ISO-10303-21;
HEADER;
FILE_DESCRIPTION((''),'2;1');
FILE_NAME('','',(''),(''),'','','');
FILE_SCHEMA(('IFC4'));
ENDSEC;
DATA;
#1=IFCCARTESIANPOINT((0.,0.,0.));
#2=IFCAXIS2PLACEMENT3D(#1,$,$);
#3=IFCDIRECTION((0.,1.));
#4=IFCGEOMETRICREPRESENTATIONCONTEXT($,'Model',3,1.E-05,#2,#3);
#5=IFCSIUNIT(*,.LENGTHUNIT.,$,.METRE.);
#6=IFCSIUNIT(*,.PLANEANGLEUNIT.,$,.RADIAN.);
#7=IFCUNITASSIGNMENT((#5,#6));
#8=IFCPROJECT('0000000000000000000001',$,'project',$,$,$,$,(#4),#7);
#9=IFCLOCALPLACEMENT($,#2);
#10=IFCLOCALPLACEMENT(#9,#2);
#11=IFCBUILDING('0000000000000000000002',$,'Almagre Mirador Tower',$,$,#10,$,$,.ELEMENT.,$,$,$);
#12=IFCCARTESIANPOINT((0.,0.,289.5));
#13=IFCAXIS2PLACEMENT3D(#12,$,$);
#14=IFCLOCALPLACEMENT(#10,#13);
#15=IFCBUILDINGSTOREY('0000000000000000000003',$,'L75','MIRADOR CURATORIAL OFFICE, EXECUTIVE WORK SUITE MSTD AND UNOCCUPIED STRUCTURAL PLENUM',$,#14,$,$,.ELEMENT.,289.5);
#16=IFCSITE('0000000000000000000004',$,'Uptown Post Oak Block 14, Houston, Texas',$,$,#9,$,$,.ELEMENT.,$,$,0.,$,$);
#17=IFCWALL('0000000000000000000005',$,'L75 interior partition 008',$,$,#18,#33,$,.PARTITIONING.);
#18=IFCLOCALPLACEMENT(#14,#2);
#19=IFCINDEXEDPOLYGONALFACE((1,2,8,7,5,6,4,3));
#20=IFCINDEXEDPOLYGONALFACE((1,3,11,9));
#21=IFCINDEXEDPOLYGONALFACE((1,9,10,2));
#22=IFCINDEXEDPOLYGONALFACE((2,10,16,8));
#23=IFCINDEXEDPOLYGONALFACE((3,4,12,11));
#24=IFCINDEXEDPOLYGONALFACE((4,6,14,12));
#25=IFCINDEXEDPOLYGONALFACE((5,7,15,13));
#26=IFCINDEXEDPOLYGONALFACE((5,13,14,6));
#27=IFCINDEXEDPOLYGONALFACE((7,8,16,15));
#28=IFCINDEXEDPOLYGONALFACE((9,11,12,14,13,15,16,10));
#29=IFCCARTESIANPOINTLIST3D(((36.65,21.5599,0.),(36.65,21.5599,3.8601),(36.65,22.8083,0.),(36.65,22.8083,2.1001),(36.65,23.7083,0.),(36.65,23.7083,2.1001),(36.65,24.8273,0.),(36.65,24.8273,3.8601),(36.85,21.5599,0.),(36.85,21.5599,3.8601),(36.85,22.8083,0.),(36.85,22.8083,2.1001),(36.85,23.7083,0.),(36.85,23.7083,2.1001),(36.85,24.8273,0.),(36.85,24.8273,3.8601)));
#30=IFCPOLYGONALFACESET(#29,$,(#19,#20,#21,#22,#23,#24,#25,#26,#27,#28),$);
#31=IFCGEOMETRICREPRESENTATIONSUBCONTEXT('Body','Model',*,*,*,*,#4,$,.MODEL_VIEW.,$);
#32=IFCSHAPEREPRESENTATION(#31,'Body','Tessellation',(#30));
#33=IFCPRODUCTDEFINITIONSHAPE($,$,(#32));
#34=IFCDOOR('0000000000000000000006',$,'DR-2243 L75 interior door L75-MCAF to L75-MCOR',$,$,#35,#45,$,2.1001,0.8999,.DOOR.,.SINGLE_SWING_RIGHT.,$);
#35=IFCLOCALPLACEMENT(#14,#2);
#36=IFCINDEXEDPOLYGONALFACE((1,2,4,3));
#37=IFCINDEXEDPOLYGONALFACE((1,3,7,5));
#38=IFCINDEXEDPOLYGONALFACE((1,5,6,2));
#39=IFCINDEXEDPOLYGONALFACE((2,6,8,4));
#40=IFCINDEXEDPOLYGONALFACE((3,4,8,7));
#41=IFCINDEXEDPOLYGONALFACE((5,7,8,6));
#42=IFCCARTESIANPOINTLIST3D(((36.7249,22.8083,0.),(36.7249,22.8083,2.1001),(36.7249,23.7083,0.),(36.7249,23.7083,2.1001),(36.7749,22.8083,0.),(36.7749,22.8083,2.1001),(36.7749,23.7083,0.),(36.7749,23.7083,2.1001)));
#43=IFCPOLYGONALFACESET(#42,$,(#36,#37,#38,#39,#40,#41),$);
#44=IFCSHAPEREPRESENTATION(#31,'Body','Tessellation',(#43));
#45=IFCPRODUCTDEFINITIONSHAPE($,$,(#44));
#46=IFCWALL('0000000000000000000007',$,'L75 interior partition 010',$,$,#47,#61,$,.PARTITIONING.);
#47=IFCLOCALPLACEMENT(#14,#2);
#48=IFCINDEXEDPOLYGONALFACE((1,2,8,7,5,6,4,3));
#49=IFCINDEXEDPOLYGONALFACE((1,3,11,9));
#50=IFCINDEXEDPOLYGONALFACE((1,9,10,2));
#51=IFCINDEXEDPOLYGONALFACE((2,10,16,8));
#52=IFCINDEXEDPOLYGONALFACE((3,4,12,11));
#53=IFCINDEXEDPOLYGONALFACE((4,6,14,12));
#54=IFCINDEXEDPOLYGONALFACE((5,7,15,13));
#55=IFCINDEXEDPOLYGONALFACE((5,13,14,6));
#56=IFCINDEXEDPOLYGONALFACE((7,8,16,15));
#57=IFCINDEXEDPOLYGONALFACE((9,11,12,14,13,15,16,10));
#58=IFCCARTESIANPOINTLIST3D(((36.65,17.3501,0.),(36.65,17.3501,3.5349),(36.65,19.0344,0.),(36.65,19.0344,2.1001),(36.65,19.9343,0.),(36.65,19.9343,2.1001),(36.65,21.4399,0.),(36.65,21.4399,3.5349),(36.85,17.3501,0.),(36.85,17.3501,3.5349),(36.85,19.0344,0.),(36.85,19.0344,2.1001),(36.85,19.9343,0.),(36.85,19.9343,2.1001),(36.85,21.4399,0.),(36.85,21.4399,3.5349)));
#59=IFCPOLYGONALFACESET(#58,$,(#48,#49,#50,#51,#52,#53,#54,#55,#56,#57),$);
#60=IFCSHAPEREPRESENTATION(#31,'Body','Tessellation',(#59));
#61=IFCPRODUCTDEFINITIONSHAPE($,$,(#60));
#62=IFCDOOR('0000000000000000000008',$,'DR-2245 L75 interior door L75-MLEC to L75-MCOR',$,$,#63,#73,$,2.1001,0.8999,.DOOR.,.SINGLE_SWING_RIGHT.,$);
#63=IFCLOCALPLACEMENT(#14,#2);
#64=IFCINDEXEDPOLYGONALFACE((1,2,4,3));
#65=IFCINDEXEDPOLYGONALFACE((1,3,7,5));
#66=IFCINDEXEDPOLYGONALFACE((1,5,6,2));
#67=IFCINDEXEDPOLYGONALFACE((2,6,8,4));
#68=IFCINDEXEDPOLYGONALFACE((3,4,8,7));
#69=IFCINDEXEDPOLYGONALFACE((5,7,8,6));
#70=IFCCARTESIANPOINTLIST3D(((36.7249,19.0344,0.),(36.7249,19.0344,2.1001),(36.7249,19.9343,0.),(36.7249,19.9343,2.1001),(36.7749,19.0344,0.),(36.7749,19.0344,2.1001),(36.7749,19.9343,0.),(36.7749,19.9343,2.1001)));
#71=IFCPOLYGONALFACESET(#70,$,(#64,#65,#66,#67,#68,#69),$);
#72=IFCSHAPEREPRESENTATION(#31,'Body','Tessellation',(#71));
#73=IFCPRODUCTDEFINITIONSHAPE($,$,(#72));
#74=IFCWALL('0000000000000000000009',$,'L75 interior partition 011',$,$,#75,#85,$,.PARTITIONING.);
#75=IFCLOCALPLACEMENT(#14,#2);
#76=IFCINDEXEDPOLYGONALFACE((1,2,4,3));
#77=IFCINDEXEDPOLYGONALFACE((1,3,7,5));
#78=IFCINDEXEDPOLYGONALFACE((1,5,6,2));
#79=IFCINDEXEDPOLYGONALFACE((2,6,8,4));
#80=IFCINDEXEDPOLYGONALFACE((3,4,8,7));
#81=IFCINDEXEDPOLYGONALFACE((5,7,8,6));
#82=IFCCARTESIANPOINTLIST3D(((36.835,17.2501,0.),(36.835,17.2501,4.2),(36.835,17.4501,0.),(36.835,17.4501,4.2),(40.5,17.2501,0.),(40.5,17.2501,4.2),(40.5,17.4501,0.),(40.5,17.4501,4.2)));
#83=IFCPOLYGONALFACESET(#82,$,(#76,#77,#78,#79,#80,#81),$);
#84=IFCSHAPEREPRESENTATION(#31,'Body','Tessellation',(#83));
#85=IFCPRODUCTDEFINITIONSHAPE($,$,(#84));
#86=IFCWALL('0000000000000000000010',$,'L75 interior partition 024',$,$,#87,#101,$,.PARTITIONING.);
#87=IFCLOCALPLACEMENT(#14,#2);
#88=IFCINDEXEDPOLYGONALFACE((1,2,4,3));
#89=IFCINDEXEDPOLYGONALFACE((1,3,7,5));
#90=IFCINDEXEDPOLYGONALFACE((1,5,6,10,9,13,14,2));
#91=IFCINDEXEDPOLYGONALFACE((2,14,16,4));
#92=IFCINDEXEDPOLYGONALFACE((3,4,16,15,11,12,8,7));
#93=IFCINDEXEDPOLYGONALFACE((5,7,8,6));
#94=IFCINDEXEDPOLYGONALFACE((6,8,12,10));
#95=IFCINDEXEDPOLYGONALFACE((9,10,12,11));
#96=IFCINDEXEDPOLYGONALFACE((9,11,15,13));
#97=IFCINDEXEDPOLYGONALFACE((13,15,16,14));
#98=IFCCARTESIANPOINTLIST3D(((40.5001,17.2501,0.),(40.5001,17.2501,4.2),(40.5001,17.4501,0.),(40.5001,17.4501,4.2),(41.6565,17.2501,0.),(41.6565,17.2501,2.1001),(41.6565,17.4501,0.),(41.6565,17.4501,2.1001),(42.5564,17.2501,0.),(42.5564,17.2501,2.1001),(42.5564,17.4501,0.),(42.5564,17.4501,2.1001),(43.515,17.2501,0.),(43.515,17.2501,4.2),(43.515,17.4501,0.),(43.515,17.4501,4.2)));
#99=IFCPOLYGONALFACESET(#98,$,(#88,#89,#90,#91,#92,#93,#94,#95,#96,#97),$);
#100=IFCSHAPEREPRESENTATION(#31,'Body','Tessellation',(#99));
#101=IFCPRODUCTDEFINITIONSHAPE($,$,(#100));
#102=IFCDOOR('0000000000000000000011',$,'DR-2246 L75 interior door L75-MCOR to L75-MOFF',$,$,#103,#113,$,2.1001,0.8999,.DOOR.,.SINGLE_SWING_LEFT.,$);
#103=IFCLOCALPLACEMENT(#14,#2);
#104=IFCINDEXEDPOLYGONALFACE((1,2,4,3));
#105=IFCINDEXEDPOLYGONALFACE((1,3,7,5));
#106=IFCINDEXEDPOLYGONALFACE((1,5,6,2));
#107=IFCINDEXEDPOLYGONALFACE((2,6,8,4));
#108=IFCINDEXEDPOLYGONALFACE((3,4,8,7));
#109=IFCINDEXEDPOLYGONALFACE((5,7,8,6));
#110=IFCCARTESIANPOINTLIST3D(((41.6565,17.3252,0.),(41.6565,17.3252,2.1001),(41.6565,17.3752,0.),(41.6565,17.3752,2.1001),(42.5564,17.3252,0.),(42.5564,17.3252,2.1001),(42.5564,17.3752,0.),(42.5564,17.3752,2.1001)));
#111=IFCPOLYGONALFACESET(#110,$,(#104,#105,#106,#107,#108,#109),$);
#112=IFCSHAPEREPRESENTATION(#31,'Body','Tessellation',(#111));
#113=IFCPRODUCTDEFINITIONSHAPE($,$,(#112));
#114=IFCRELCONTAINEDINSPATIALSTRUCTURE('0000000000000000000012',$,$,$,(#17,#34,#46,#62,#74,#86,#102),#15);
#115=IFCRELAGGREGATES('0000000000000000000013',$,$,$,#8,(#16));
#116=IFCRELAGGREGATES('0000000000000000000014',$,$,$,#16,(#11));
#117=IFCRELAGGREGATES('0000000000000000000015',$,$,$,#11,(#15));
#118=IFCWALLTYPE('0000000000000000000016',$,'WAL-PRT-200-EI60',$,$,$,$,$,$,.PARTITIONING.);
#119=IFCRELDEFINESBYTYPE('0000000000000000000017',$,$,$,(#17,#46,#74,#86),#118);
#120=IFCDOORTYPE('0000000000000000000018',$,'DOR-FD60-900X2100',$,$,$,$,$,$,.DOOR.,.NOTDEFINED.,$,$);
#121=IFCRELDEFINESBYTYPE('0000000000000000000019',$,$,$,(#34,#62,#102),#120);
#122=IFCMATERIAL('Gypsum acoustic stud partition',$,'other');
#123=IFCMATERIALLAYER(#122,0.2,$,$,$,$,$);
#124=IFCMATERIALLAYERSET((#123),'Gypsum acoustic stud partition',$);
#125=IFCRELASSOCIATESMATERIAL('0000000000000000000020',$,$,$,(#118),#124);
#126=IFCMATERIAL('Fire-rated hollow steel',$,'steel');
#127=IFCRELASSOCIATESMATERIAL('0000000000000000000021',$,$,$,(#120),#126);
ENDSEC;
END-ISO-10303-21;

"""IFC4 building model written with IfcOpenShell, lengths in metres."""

from ifc_helpers import new_model, si_unit, direction, frame, frame_2d, origin, place, context, subcontext, project, spatial, rectangle, extrude, material, layer, layer_set, type_object, element, fill, save


model = new_model("IFC4")

# Units and contexts
model_context = context("Model", 3, precision=1e-05, world=origin(), true_north=direction((0.0, 1.0)))
body_context = subcontext(model_context, "Body", "Model", "MODEL_VIEW")
ifc_project = project(units=[si_unit("LENGTHUNIT", "METRE"), si_unit("PLANEANGLEUNIT", "RADIAN")], contexts=[model_context])

# Site, building, storey
site_placement = place(None, origin())
site = spatial("IfcSite", under=ifc_project, at=site_placement, Name="Uptown Post Oak Block 14, Houston, Texas", CompositionType="ELEMENT", RefElevation=0.0)
building_placement = place(site_placement, origin())
building = spatial("IfcBuilding", under=site, at=building_placement, Name="Almagre Mirador Tower", CompositionType="ELEMENT")
storey_placement = place(building_placement, frame((0.0, 0.0, 289.5)))
storey = spatial("IfcBuildingStorey", under=building, at=storey_placement, Name="L75", Description="MIRADOR CURATORIAL OFFICE, EXECUTIVE WORK SUITE MSTD AND UNOCCUPIED STRUCTURAL PLENUM", CompositionType="ELEMENT", Elevation=289.5)

# Walls, openings, doors
ifc_material_1 = material(Name="Gypsum acoustic stud partition", Category="other")
ifc_layer_1 = layer(ifc_material_1, 0.2)
ifc_layer_set_1 = layer_set([ifc_layer_1], Name="Gypsum acoustic stud partition")
wall_type_1 = type_object("IfcWallType", Name="WAL-PRT-200-EI60", PredefinedType="PARTITIONING", material=ifc_layer_set_1)
ifc_material_2 = material(Name="Fire-rated hollow steel", Category="steel")
door_type_1 = type_object("IfcDoorType", Name="DOR-FD60-900X2100", OperationType="NOTDEFINED", PredefinedType="DOOR", material=ifc_material_2)
wall_1_placement = place(storey_placement, frame((36.75, 24.8274, 0.0), z_axis=(0.0, 0.0, 1.0), x_axis=(0.0, -1.0, 0.0)))
wall_1 = element("IfcWall", 1, at=wall_1_placement, inside=storey, type_object=wall_type_1, Name="L75 interior partition 008", PredefinedType="PARTITIONING", context=body_context, shape_type="SweptSolid", body=[
    extrude(rectangle(XDim=3.2673, YDim=0.2, at=frame_2d((1.6338, 0.0))), origin(), (0.0, 0.0, 1.0), 3.8601),
])
opening_1_placement = place(wall_1_placement, frame((1.1191, 0.0, 0.0)))
opening_1 = element("IfcOpeningElement", 2, at=opening_1_placement, cuts=wall_1, PredefinedType="OPENING", context=body_context, shape_type="SweptSolid", body=[
    extrude(rectangle(XDim=0.8999, YDim=2.1001, at=frame_2d((0.45, 1.05))), frame((0.0, 0.1101, 0.0), z_axis=(0.0, -1.0, 0.0), x_axis=(1.0, 0.0, 0.0)), (0.0, 0.0, 1.0), 0.22),
])
door_1_placement = place(opening_1_placement, origin())
door_1 = element("IfcDoor", 3, at=door_1_placement, inside=storey, type_object=door_type_1, Name="DR-2243 L75 interior door L75-MCAF to L75-MCOR", OperationType="SINGLE_SWING_RIGHT", OverallHeight=2.1001, OverallWidth=0.8999, PredefinedType="DOOR", context=body_context, shape_type="SweptSolid", body=[
    extrude(rectangle(XDim=0.8999, YDim=2.1001, at=frame_2d((0.45, 1.05))), frame((0.0, 0.0249, 0.0), z_axis=(0.0, -1.0, 0.0), x_axis=(1.0, 0.0, 0.0)), (0.0, 0.0, 1.0), 0.05),
])
fill(opening_1, door_1)
wall_2_placement = place(storey_placement, frame((36.75, 21.4399, 0.0), z_axis=(0.0, 0.0, 1.0), x_axis=(0.0, -1.0, 0.0)))
wall_2 = element("IfcWall", 4, at=wall_2_placement, inside=storey, type_object=wall_type_1, Name="L75 interior partition 010", PredefinedType="PARTITIONING", context=body_context, shape_type="SweptSolid", body=[
    extrude(rectangle(XDim=4.0898, YDim=0.2, at=frame_2d((2.0449, 0.0))), origin(), (0.0, 0.0, 1.0), 3.5349),
])
opening_2_placement = place(wall_2_placement, frame((1.5056, 0.0, 0.0)))
opening_2 = element("IfcOpeningElement", 5, at=opening_2_placement, cuts=wall_2, PredefinedType="OPENING", context=body_context, shape_type="SweptSolid", body=[
    extrude(rectangle(XDim=0.8999, YDim=2.1001, at=frame_2d((0.45, 1.05))), frame((0.0, 0.1101, 0.0), z_axis=(0.0, -1.0, 0.0), x_axis=(1.0, 0.0, 0.0)), (0.0, 0.0, 1.0), 0.22),
])
door_2_placement = place(opening_2_placement, origin())
door_2 = element("IfcDoor", 6, at=door_2_placement, inside=storey, type_object=door_type_1, Name="DR-2245 L75 interior door L75-MLEC to L75-MCOR", OperationType="SINGLE_SWING_RIGHT", OverallHeight=2.1001, OverallWidth=0.8999, PredefinedType="DOOR", context=body_context, shape_type="SweptSolid", body=[
    extrude(rectangle(XDim=0.8999, YDim=2.1001, at=frame_2d((0.45, 1.05))), frame((0.0, 0.0249, 0.0), z_axis=(0.0, -1.0, 0.0), x_axis=(1.0, 0.0, 0.0)), (0.0, 0.0, 1.0), 0.05),
])
fill(opening_2, door_2)

# Wall
wall_3_placement = place(storey_placement, frame((36.835, 17.3501, 0.0), z_axis=(0.0, 0.0, 1.0), x_axis=(1.0, 0.0, 0.0)))
element("IfcWall", 7, at=wall_3_placement, inside=storey, type_object=wall_type_1, Name="L75 interior partition 011", PredefinedType="PARTITIONING", context=body_context, shape_type="SweptSolid", body=[
    extrude(rectangle(XDim=3.665, YDim=0.2, at=frame_2d((1.8325, 0.0))), origin(), (0.0, 0.0, 1.0), 4.2),
])

# Wall, opening, door
wall_4_placement = place(storey_placement, frame((43.5149, 17.3501, 0.0), z_axis=(0.0, 0.0, 1.0), x_axis=(-1.0, 0.0, 0.0)))
wall_4 = element("IfcWall", 8, at=wall_4_placement, inside=storey, type_object=wall_type_1, Name="L75 interior partition 024", PredefinedType="PARTITIONING", context=body_context, shape_type="SweptSolid", body=[
    extrude(rectangle(XDim=3.0149, YDim=0.2, at=frame_2d((1.5073, 0.0))), origin(), (0.0, 0.0, 1.0), 4.2),
])
opening_3_placement = place(wall_4_placement, frame((0.9585, 0.0, 0.0)))
opening_3 = element("IfcOpeningElement", 9, at=opening_3_placement, cuts=wall_4, PredefinedType="OPENING", context=body_context, shape_type="SweptSolid", body=[
    extrude(rectangle(XDim=0.8999, YDim=2.1001, at=frame_2d((0.45, 1.05))), frame((0.0, 0.1101, 0.0), z_axis=(0.0, -1.0, 0.0), x_axis=(1.0, 0.0, 0.0)), (0.0, 0.0, 1.0), 0.22),
])
door_3_placement = place(opening_3_placement, origin())
door_3 = element("IfcDoor", 10, at=door_3_placement, inside=storey, type_object=door_type_1, Name="DR-2246 L75 interior door L75-MCOR to L75-MOFF", OperationType="SINGLE_SWING_LEFT", OverallHeight=2.1001, OverallWidth=0.8999, PredefinedType="DOOR", context=body_context, shape_type="SweptSolid", body=[
    extrude(rectangle(XDim=0.8999, YDim=2.1001, at=frame_2d((0.45, 1.05))), frame((0.0, 0.0249, 0.0), z_axis=(0.0, -1.0, 0.0), x_axis=(1.0, 0.0, 0.0)), (0.0, 0.0, 1.0), 0.05),
])
fill(opening_3, door_3)

save(model, "model.ifc")
